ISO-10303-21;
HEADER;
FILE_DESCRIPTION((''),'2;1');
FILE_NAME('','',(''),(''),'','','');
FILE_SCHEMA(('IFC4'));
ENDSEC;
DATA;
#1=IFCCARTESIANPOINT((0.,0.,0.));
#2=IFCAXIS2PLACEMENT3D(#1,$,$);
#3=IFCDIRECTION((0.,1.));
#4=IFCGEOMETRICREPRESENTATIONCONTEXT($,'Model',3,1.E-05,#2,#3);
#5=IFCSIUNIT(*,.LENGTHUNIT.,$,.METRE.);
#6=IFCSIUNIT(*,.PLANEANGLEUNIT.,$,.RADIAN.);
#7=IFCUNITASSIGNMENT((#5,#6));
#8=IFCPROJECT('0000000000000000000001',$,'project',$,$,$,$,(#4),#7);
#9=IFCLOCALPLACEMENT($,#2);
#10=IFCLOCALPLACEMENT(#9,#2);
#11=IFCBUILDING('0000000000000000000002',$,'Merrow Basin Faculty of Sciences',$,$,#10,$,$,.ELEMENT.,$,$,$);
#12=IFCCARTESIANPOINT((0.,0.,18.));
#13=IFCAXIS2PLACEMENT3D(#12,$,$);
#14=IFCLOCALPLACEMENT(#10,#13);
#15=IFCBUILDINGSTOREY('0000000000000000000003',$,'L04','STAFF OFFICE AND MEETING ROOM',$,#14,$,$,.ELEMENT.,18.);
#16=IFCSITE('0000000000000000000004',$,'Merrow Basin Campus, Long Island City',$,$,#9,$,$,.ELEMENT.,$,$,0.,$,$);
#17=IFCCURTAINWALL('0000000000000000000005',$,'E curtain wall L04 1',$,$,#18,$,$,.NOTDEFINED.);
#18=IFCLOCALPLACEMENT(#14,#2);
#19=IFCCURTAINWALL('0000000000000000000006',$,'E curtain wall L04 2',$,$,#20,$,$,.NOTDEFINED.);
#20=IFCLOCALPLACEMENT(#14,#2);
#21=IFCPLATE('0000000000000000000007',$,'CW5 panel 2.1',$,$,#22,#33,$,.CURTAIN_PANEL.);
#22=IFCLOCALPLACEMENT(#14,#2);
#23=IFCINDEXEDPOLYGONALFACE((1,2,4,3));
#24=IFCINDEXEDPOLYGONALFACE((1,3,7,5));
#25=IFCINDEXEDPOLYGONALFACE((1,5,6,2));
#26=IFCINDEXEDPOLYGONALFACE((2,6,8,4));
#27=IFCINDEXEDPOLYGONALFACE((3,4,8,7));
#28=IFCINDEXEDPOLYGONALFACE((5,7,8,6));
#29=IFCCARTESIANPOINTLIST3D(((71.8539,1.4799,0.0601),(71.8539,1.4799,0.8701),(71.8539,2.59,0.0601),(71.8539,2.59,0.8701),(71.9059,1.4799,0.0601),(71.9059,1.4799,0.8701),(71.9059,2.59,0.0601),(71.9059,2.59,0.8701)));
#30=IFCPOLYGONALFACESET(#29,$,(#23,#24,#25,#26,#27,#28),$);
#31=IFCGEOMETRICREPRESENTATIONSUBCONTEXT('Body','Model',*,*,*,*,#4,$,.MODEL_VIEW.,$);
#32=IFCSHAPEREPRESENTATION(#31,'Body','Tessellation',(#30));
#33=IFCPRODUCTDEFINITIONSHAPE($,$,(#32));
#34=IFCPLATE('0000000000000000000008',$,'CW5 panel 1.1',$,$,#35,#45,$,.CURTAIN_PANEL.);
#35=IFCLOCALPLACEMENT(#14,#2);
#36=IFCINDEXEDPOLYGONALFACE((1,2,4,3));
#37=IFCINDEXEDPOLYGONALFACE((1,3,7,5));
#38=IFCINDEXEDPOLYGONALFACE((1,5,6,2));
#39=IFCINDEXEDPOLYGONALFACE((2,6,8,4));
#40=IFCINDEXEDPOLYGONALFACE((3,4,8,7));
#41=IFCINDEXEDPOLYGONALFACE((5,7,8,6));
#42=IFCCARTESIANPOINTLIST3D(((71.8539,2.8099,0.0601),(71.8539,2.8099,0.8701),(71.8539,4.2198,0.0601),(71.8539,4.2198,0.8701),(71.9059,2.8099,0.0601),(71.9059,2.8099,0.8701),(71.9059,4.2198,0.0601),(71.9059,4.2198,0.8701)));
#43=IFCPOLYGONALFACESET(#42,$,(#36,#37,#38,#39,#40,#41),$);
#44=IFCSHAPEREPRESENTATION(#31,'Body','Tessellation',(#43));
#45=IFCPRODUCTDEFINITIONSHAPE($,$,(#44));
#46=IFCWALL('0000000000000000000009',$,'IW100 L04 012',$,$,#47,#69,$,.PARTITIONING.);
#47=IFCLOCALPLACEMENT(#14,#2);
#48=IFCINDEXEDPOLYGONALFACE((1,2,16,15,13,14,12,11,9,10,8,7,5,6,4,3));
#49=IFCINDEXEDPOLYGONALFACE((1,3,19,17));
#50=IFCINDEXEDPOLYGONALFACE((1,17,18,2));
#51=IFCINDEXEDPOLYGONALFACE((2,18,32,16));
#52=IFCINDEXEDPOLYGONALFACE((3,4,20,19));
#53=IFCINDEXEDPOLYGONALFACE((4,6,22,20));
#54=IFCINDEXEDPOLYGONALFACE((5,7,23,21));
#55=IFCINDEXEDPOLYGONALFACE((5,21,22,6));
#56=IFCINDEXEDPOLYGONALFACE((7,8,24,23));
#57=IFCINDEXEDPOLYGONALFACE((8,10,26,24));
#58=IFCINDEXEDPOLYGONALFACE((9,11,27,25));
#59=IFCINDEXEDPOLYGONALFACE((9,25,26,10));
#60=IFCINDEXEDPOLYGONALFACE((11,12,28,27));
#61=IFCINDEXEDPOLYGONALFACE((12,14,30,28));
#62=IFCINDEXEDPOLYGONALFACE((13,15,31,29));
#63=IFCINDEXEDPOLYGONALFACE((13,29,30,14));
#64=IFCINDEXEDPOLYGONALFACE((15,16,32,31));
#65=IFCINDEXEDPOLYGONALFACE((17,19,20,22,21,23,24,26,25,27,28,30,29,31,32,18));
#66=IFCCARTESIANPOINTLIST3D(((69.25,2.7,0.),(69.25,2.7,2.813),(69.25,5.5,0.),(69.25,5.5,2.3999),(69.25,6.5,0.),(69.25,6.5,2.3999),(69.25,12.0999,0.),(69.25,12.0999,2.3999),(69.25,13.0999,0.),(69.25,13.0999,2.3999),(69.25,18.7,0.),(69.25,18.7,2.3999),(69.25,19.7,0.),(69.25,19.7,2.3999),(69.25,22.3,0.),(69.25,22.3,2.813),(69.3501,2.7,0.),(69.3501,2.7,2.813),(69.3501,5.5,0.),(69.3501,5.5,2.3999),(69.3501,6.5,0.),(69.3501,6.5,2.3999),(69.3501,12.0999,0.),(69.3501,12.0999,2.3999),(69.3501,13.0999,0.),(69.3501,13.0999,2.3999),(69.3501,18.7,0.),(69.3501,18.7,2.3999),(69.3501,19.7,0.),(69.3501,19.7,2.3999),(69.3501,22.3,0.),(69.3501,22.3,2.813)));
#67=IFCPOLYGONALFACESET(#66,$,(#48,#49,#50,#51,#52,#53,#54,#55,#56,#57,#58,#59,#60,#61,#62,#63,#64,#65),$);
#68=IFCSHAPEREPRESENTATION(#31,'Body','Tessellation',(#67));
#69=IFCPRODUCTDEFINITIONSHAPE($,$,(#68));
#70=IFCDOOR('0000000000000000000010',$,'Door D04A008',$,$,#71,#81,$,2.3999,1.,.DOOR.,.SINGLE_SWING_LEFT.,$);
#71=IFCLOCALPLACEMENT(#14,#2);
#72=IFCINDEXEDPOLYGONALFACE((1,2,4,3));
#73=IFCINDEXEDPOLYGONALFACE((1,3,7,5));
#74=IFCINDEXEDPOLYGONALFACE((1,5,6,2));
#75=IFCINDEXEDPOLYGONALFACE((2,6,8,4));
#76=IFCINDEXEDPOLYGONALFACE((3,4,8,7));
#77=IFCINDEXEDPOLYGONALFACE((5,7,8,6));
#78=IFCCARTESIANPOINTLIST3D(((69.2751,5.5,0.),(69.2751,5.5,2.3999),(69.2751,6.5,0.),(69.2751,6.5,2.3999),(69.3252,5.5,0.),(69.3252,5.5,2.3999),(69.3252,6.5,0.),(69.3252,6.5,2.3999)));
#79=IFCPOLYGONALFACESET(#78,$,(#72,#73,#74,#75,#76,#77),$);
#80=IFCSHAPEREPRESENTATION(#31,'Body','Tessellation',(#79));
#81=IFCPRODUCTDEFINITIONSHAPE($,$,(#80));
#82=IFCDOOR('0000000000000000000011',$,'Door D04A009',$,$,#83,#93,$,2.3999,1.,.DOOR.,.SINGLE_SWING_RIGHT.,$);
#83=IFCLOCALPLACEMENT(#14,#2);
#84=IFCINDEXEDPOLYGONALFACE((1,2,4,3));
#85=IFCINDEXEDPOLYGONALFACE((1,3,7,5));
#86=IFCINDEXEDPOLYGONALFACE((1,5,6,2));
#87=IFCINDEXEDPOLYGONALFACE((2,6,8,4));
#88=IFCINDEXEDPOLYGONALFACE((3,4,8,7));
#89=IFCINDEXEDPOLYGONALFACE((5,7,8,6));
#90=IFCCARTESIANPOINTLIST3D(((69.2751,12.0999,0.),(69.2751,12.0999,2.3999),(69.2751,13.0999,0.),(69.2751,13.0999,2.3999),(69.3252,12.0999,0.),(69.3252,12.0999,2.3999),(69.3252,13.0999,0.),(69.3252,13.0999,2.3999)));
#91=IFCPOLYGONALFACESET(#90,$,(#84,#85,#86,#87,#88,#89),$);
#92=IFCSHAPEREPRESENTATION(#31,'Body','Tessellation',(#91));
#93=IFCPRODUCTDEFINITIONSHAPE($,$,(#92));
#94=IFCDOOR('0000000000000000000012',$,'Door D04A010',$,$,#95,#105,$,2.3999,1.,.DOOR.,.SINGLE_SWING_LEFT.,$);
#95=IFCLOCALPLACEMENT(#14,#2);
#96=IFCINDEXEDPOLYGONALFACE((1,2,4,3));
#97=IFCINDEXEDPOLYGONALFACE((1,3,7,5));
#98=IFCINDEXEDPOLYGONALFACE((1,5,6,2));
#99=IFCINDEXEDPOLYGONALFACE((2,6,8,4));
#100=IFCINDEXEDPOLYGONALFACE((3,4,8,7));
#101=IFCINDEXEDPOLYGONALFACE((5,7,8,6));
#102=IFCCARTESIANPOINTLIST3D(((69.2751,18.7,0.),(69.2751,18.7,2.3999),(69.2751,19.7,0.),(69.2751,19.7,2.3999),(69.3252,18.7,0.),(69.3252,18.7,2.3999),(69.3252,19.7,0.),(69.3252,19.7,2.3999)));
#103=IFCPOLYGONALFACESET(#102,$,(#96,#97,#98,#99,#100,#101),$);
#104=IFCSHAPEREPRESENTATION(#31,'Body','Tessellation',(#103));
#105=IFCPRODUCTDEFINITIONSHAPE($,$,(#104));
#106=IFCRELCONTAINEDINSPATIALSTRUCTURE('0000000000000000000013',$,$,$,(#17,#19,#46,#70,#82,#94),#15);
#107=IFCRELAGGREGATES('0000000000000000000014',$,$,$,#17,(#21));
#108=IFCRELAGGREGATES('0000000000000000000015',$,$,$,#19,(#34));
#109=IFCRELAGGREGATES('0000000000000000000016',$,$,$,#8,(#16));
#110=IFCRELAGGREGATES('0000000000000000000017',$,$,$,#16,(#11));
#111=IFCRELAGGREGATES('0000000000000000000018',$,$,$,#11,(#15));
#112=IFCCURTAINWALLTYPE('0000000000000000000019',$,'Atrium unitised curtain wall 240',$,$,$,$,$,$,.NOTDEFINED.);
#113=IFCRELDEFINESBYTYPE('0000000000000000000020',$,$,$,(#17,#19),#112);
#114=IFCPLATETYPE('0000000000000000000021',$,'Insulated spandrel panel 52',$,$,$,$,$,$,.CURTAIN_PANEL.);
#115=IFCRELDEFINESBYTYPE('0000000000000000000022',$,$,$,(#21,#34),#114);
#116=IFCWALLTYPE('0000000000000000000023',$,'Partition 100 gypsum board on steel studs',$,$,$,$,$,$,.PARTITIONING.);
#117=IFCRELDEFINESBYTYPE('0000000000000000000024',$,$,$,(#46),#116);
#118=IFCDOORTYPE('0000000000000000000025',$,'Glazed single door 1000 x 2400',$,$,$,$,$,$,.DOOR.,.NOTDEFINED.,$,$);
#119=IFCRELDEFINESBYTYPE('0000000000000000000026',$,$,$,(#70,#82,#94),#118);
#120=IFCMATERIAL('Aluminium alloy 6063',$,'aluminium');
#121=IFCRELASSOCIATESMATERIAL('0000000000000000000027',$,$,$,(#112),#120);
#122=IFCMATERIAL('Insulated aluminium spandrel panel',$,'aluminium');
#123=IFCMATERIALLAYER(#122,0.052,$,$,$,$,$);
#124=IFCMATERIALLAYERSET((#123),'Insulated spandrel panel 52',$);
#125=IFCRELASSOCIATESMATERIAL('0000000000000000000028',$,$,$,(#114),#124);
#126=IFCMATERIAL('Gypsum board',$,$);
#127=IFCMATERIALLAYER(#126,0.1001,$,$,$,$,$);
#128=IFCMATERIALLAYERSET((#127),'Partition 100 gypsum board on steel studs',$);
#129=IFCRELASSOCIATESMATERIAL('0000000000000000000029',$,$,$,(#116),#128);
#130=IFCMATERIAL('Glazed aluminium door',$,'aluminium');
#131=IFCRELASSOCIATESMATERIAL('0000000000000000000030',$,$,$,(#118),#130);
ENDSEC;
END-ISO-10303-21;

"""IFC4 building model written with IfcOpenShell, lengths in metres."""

from ifc_helpers import new_model, si_unit, direction, frame, frame_2d, origin, origin_2d, place, context, subcontext, project, spatial, rectangle, extrude, material, layer, layer_set, type_object, element, fill, aggregate, save


model = new_model("IFC4")

# Units and contexts
model_context = context("Model", 3, precision=1e-05, world=origin(), true_north=direction((0.0, 1.0)))
body_context = subcontext(model_context, "Body", "Model", "MODEL_VIEW")
ifc_project = project(units=[si_unit("LENGTHUNIT", "METRE"), si_unit("PLANEANGLEUNIT", "RADIAN")], contexts=[model_context])

# Site, building, storey
site_placement = place(None, origin())
site = spatial("IfcSite", under=ifc_project, at=site_placement, Name="Merrow Basin Campus, Long Island City", CompositionType="ELEMENT", RefElevation=0.0)
building_placement = place(site_placement, origin())
building = spatial("IfcBuilding", under=site, at=building_placement, Name="Merrow Basin Faculty of Sciences", CompositionType="ELEMENT")
storey_placement = place(building_placement, frame((0.0, 0.0, 18.0)))
storey = spatial("IfcBuildingStorey", under=building, at=storey_placement, Name="L04", Description="STAFF OFFICE AND MEETING ROOM", CompositionType="ELEMENT", Elevation=18.0)

# Curtain walls
ifc_material_1 = material(Name="Aluminium alloy 6063", Category="aluminium")
curtain_wall_type = type_object("IfcCurtainWallType", Name="Atrium unitised curtain wall 240", PredefinedType="NOTDEFINED", material=ifc_material_1)
curtain_wall_1_placement = place(storey_placement, origin())
curtain_wall_1 = element("IfcCurtainWall", 1, at=curtain_wall_1_placement, inside=storey, type_object=curtain_wall_type, Name="E curtain wall L04 1", PredefinedType="NOTDEFINED")
curtain_wall_2_placement = place(storey_placement, origin())
curtain_wall_2 = element("IfcCurtainWall", 2, at=curtain_wall_2_placement, inside=storey, type_object=curtain_wall_type, Name="E curtain wall L04 2", PredefinedType="NOTDEFINED")

# Plates
ifc_material_2 = material(Name="Insulated aluminium spandrel panel", Category="aluminium")
ifc_layer_1 = layer(ifc_material_2, 0.052)
ifc_layer_set_1 = layer_set([ifc_layer_1], Name="Insulated spandrel panel 52")
plate_type_1 = type_object("IfcPlateType", Name="Insulated spandrel panel 52", PredefinedType="CURTAIN_PANEL", material=ifc_layer_set_1)
plate_1_placement = place(storey_placement, frame((71.8799, 2.0349, 0.0601), z_axis=(0.0, 0.0, 1.0), x_axis=(0.0, 1.0, 0.0)))
plate_1 = element("IfcPlate", 3, at=plate_1_placement, type_object=plate_type_1, Name="CW5 panel 2.1", PredefinedType="CURTAIN_PANEL", context=body_context, shape_type="SweptSolid", body=[
    extrude(rectangle(XDim=1.1101, YDim=0.052, at=origin_2d()), origin(), (0.0, 0.0, 1.0), 0.8101),
])
aggregate(curtain_wall_1, [plate_1])
plate_2_placement = place(storey_placement, frame((71.8799, 3.5149, 0.0601), z_axis=(0.0, 0.0, 1.0), x_axis=(0.0, 1.0, 0.0)))
plate_2 = element("IfcPlate", 4, at=plate_2_placement, type_object=plate_type_1, Name="CW5 panel 1.1", PredefinedType="CURTAIN_PANEL", context=body_context, shape_type="SweptSolid", body=[
    extrude(rectangle(XDim=1.4099, YDim=0.052, at=origin_2d()), origin(), (0.0, 0.0, 1.0), 0.8101),
])
aggregate(curtain_wall_2, [plate_2])

# Wall, openings, doors
ifc_material_3 = material(Name="Gypsum board")
ifc_layer_2 = layer(ifc_material_3, 0.1001)
ifc_layer_set_2 = layer_set([ifc_layer_2], Name="Partition 100 gypsum board on steel studs")
wall_type = type_object("IfcWallType", Name="Partition 100 gypsum board on steel studs", PredefinedType="PARTITIONING", material=ifc_layer_set_2)
wall_placement = place(storey_placement, frame((69.3, 2.7, 0.0), z_axis=(0.0, 0.0, 1.0), x_axis=(0.0, 1.0, 0.0)))
wall = element("IfcWall", 5, at=wall_placement, inside=storey, type_object=wall_type, Name="IW100 L04 012", PredefinedType="PARTITIONING", context=body_context, shape_type="SweptSolid", body=[
    extrude(rectangle(XDim=19.6001, YDim=0.1001, at=frame_2d((9.8, 0.0))), origin(), (0.0, 0.0, 1.0), 2.813),
])
opening_1_placement = place(wall_placement, frame((2.8, 0.0, 0.0)))
opening_1 = element("IfcOpeningElement", 6, at=opening_1_placement, cuts=wall, PredefinedType="OPENING", context=body_context, shape_type="SweptSolid", body=[
    extrude(rectangle(XDim=1.0, YDim=2.3999, at=frame_2d((0.5, 1.2))), frame((0.0, 0.0601, 0.0), z_axis=(0.0, -1.0, 0.0), x_axis=(1.0, 0.0, 0.0)), (0.0, 0.0, 1.0), 0.1201),
])
opening_2_placement = place(wall_placement, frame((9.3999, 0.0, 0.0)))
opening_2 = element("IfcOpeningElement", 7, at=opening_2_placement, cuts=wall, PredefinedType="OPENING", context=body_context, shape_type="SweptSolid", body=[
    extrude(rectangle(XDim=1.0, YDim=2.3999, at=frame_2d((0.5, 1.2))), frame((0.0, 0.0601, 0.0), z_axis=(0.0, -1.0, 0.0), x_axis=(1.0, 0.0, 0.0)), (0.0, 0.0, 1.0), 0.1201),
])
opening_3_placement = place(wall_placement, frame((16.0, 0.0, 0.0)))
opening_3 = element("IfcOpeningElement", 8, at=opening_3_placement, cuts=wall, PredefinedType="OPENING", context=body_context, shape_type="SweptSolid", body=[
    extrude(rectangle(XDim=1.0, YDim=2.3999, at=frame_2d((0.5, 1.2))), frame((0.0, 0.0601, 0.0), z_axis=(0.0, -1.0, 0.0), x_axis=(1.0, 0.0, 0.0)), (0.0, 0.0, 1.0), 0.1201),
])
ifc_material_4 = material(Name="Glazed aluminium door", Category="aluminium")
door_type = type_object("IfcDoorType", Name="Glazed single door 1000 x 2400", OperationType="NOTDEFINED", PredefinedType="DOOR", material=ifc_material_4)
door_1_placement = place(opening_1_placement, origin())
door_1 = element("IfcDoor", 9, at=door_1_placement, inside=storey, type_object=door_type, Name="Door D04A008", OperationType="SINGLE_SWING_LEFT", OverallHeight=2.3999, OverallWidth=1.0, PredefinedType="DOOR", context=body_context, shape_type="SweptSolid", body=[
    extrude(rectangle(XDim=1.0, YDim=2.3999, at=frame_2d((0.5, 1.2))), frame((0.0, 0.0249, 0.0), z_axis=(0.0, -1.0, 0.0), x_axis=(1.0, 0.0, 0.0)), (0.0, 0.0, 1.0), 0.05),
])
fill(opening_1, door_1)
door_2_placement = place(opening_2_placement, origin())
door_2 = element("IfcDoor", 10, at=door_2_placement, inside=storey, type_object=door_type, Name="Door D04A009", OperationType="SINGLE_SWING_RIGHT", OverallHeight=2.3999, OverallWidth=1.0, PredefinedType="DOOR", context=body_context, shape_type="SweptSolid", body=[
    extrude(rectangle(XDim=1.0, YDim=2.3999, at=frame_2d((0.5, 1.2))), frame((0.0, 0.0249, 0.0), z_axis=(0.0, -1.0, 0.0), x_axis=(1.0, 0.0, 0.0)), (0.0, 0.0, 1.0), 0.05),
])
fill(opening_2, door_2)
door_3_placement = place(opening_3_placement, origin())
door_3 = element("IfcDoor", 11, at=door_3_placement, inside=storey, type_object=door_type, Name="Door D04A010", OperationType="SINGLE_SWING_LEFT", OverallHeight=2.3999, OverallWidth=1.0, PredefinedType="DOOR", context=body_context, shape_type="SweptSolid", body=[
    extrude(rectangle(XDim=1.0, YDim=2.3999, at=frame_2d((0.5, 1.2))), frame((0.0, 0.0249, 0.0), z_axis=(0.0, -1.0, 0.0), x_axis=(1.0, 0.0, 0.0)), (0.0, 0.0, 1.0), 0.05),
])
fill(opening_3, door_3)

save(model, "model.ifc")
